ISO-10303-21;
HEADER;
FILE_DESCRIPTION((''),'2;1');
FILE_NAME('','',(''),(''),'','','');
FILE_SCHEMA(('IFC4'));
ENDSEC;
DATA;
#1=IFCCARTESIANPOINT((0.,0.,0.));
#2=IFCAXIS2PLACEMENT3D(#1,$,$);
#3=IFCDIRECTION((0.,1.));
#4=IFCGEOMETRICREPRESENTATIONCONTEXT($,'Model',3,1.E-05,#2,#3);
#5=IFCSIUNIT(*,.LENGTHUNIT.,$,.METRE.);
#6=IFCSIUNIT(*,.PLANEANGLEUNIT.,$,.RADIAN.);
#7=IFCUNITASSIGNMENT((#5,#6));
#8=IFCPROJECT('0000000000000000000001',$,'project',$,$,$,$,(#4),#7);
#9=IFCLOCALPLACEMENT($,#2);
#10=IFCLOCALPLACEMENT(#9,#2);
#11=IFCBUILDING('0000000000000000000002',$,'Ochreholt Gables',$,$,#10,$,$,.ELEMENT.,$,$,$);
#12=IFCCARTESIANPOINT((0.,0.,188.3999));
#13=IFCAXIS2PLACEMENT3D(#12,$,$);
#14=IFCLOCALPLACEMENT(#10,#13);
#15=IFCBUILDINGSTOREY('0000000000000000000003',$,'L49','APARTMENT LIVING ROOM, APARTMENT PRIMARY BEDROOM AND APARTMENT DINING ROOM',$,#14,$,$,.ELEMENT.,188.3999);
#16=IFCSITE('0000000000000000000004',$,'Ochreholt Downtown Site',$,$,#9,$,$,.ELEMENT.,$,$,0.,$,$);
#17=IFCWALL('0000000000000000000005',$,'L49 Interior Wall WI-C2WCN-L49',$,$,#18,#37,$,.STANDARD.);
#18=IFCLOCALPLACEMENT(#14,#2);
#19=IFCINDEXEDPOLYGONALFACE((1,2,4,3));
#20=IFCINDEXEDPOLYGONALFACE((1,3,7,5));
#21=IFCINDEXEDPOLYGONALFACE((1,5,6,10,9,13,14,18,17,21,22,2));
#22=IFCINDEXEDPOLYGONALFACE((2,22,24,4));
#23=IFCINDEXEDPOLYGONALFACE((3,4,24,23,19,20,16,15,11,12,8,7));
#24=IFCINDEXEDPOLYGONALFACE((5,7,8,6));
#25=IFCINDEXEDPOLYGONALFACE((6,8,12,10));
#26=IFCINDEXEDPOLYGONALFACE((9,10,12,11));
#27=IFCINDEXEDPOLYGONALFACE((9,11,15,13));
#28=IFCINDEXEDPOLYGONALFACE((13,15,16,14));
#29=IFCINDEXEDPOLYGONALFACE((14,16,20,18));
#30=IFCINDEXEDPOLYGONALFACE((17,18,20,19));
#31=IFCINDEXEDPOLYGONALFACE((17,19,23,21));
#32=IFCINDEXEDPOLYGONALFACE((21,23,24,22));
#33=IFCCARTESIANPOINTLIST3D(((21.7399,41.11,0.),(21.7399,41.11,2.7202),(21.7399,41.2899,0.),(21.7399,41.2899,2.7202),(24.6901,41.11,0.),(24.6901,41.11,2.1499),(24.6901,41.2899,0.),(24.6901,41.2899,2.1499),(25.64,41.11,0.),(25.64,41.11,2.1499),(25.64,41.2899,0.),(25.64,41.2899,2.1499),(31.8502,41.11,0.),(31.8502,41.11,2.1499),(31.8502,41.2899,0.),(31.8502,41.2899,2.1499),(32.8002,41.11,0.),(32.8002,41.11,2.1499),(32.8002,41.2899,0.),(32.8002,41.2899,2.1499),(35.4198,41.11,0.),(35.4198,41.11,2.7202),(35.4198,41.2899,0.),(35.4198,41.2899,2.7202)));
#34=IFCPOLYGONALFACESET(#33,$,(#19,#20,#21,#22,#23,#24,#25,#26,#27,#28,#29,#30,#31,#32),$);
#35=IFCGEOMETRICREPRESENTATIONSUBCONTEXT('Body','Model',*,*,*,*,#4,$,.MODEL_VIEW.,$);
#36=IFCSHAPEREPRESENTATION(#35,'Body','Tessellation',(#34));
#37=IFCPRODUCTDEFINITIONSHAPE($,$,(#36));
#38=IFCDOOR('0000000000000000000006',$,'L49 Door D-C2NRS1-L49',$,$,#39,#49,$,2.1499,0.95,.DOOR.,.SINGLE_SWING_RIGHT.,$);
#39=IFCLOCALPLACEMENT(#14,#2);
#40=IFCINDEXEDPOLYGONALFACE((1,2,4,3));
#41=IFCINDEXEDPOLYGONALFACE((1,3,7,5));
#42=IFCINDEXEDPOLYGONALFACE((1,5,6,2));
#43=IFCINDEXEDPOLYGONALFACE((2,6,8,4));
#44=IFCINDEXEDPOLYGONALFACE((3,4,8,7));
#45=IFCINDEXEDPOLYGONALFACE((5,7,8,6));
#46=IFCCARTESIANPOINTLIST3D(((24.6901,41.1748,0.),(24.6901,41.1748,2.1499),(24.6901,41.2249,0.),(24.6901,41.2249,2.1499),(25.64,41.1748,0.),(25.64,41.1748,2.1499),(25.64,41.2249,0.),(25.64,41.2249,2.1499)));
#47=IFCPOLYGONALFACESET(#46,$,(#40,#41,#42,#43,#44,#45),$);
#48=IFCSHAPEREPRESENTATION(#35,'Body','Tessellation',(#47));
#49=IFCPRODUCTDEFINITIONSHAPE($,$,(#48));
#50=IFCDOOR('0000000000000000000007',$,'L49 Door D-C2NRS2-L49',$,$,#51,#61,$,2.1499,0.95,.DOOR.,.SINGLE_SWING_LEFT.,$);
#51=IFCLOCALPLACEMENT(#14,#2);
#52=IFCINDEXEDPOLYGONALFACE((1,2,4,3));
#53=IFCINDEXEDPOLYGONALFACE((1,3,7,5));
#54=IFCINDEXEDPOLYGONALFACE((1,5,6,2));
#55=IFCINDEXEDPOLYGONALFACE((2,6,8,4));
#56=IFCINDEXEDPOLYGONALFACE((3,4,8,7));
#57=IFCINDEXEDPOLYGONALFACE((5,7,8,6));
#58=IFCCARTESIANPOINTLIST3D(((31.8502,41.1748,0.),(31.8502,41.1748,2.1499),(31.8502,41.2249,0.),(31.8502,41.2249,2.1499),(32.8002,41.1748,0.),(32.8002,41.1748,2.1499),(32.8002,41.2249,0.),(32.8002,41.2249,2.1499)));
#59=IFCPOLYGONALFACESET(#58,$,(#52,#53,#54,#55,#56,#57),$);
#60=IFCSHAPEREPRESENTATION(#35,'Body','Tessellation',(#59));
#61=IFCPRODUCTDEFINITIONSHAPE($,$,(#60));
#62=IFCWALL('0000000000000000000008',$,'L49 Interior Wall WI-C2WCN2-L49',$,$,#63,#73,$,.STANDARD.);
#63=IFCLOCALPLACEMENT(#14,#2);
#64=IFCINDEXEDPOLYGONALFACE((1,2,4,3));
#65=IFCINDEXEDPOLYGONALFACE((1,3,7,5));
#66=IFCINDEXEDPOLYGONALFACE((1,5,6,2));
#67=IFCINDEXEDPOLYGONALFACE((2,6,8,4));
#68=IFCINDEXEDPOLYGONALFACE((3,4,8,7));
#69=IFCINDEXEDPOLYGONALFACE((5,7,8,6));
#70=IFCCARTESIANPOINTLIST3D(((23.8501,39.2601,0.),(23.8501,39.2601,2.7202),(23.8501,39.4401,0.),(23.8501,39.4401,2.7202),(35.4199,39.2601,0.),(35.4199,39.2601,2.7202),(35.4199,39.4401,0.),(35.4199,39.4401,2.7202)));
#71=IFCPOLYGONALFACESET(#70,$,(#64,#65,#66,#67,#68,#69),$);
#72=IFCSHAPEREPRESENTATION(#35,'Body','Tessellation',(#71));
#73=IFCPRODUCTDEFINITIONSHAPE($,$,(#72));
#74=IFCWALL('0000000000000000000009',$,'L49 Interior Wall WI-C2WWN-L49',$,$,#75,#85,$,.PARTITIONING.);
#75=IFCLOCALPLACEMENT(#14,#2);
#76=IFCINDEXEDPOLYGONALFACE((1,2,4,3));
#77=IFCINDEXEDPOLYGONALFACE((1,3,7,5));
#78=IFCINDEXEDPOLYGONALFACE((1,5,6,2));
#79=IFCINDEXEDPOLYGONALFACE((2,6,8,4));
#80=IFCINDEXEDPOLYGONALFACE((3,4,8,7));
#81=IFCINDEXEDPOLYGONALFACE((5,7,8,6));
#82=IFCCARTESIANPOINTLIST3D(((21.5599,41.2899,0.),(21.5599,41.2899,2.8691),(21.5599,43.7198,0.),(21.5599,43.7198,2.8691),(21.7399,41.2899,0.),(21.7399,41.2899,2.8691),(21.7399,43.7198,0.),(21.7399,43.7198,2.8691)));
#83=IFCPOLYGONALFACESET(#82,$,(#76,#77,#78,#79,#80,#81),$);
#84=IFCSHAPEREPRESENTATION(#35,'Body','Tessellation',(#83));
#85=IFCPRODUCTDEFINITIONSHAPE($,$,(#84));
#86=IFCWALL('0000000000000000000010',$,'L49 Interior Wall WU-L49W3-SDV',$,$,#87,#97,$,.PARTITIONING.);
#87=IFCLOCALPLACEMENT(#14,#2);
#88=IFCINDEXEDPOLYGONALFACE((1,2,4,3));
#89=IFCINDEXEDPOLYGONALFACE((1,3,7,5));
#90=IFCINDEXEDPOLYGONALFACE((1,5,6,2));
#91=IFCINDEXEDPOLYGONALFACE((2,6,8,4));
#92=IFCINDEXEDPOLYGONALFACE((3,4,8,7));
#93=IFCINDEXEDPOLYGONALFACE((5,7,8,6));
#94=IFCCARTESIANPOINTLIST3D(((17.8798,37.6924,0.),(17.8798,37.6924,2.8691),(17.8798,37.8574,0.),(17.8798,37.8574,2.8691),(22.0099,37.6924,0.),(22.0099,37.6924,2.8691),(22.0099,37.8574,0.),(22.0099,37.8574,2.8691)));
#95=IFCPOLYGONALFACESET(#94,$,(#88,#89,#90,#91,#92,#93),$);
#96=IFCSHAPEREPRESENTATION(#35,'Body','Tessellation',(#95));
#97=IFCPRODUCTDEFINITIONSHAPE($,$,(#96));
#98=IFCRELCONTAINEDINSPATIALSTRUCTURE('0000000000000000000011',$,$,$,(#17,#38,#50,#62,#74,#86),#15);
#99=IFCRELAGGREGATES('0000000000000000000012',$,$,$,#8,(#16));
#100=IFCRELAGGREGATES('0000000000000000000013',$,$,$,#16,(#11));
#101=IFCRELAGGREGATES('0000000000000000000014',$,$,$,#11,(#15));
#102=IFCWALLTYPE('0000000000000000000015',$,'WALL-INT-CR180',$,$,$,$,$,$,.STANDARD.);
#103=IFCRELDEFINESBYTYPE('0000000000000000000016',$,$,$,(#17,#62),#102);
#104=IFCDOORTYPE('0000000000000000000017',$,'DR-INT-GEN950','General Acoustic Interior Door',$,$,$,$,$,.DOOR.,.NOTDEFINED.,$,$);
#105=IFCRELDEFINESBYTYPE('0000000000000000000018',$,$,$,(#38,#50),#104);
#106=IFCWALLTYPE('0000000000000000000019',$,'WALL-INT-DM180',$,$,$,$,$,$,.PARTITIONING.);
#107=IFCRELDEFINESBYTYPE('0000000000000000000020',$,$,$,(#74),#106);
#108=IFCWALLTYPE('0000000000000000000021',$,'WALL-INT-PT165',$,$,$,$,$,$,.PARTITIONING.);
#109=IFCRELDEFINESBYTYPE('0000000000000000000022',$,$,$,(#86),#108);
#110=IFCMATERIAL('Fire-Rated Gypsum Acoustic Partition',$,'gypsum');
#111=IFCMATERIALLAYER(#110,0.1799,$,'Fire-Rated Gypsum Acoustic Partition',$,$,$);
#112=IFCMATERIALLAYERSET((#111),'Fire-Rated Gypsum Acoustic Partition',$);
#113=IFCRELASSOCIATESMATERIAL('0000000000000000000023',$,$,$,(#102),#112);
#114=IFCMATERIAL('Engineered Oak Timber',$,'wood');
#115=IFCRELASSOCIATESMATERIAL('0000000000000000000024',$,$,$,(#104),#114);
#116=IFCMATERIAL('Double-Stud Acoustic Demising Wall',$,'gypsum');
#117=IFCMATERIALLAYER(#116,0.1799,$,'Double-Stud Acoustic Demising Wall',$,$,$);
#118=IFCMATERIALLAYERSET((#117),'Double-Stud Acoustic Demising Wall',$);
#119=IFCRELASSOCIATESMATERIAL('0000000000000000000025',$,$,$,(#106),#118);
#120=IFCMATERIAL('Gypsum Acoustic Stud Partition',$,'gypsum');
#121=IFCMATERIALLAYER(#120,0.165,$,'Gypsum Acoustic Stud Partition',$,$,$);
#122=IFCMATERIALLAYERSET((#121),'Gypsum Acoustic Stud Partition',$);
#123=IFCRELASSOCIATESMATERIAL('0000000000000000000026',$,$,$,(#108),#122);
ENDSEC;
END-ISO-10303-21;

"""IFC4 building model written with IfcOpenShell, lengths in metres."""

from ifc_helpers import new_model, si_unit, direction, frame, frame_2d, origin, place, context, subcontext, project, spatial, rectangle, extrude, material, layer, layer_set, type_object, element, fill, save


model = new_model("IFC4")

# Units and contexts
model_context = context("Model", 3, precision=1e-05, world=origin(), true_north=direction((0.0, 1.0)))
body_context = subcontext(model_context, "Body", "Model", "MODEL_VIEW")
ifc_project = project(units=[si_unit("LENGTHUNIT", "METRE"), si_unit("PLANEANGLEUNIT", "RADIAN")], contexts=[model_context])

# Site, building, storey
site_placement = place(None, origin())
site = spatial("IfcSite", under=ifc_project, at=site_placement, Name="Ochreholt Downtown Site", CompositionType="ELEMENT", RefElevation=0.0)
building_placement = place(site_placement, origin())
building = spatial("IfcBuilding", under=site, at=building_placement, Name="Ochreholt Gables", CompositionType="ELEMENT")
storey_placement = place(building_placement, frame((0.0, 0.0, 188.3999)))
storey = spatial("IfcBuildingStorey", under=building, at=storey_placement, Name="L49", Description="APARTMENT LIVING ROOM, APARTMENT PRIMARY BEDROOM AND APARTMENT DINING ROOM", CompositionType="ELEMENT", Elevation=188.3999)

# Wall, openings, doors
ifc_material_1 = material(Name="Fire-Rated Gypsum Acoustic Partition", Category="gypsum")
ifc_layer_1 = layer(ifc_material_1, 0.1799, Name="Fire-Rated Gypsum Acoustic Partition")
ifc_layer_set_1 = layer_set([ifc_layer_1], Name="Fire-Rated Gypsum Acoustic Partition")
wall_type_1 = type_object("IfcWallType", Name="WALL-INT-CR180", PredefinedType="STANDARD", material=ifc_layer_set_1)
wall_1_placement = place(storey_placement, frame((21.74, 41.2, 0.0), z_axis=(0.0, 0.0, 1.0), x_axis=(1.0, 0.0, 0.0)))
wall_1 = element("IfcWall", 1, at=wall_1_placement, inside=storey, type_object=wall_type_1, Name="L49 Interior Wall WI-C2WCN-L49", PredefinedType="STANDARD", context=body_context, shape_type="SweptSolid", body=[
    extrude(rectangle(XDim=13.6799, YDim=0.1799, at=frame_2d((6.8398, 0.0))), origin(), (0.0, 0.0, 1.0), 2.7202),
])
opening_1_placement = place(wall_1_placement, frame((2.95, 0.0, 0.0)))
opening_1 = element("IfcOpeningElement", 2, at=opening_1_placement, cuts=wall_1, PredefinedType="OPENING", context=body_context, shape_type="SweptSolid", body=[
    extrude(rectangle(XDim=0.95, YDim=2.1499, at=frame_2d((0.4751, 1.075))), frame((0.0, 0.0999, 0.0), z_axis=(0.0, -1.0, 0.0), x_axis=(1.0, 0.0, 0.0)), (0.0, 0.0, 1.0), 0.2),
])
opening_2_placement = place(wall_1_placement, frame((10.1101, 0.0, 0.0)))
opening_2 = element("IfcOpeningElement", 3, at=opening_2_placement, cuts=wall_1, PredefinedType="OPENING", context=body_context, shape_type="SweptSolid", body=[
    extrude(rectangle(XDim=0.95, YDim=2.1499, at=frame_2d((0.4751, 1.075))), frame((0.0, 0.0999, 0.0), z_axis=(0.0, -1.0, 0.0), x_axis=(1.0, 0.0, 0.0)), (0.0, 0.0, 1.0), 0.2),
])
ifc_material_2 = material(Name="Engineered Oak Timber", Category="wood")
door_type = type_object("IfcDoorType", Name="DR-INT-GEN950", Description="General Acoustic Interior Door", OperationType="NOTDEFINED", PredefinedType="DOOR", material=ifc_material_2)
door_1_placement = place(opening_1_placement, origin())
door_1 = element("IfcDoor", 4, at=door_1_placement, inside=storey, type_object=door_type, Name="L49 Door D-C2NRS1-L49", OperationType="SINGLE_SWING_RIGHT", OverallHeight=2.1499, OverallWidth=0.95, PredefinedType="DOOR", context=body_context, shape_type="SweptSolid", body=[
    extrude(rectangle(XDim=0.95, YDim=2.1499, at=frame_2d((0.4751, 1.075))), frame((0.0, 0.0249, 0.0), z_axis=(0.0, -1.0, 0.0), x_axis=(1.0, 0.0, 0.0)), (0.0, 0.0, 1.0), 0.05),
])
fill(opening_1, door_1)
door_2_placement = place(opening_2_placement, origin())
door_2 = element("IfcDoor", 5, at=door_2_placement, inside=storey, type_object=door_type, Name="L49 Door D-C2NRS2-L49", OperationType="SINGLE_SWING_LEFT", OverallHeight=2.1499, OverallWidth=0.95, PredefinedType="DOOR", context=body_context, shape_type="SweptSolid", body=[
    extrude(rectangle(XDim=0.95, YDim=2.1499, at=frame_2d((0.4751, 1.075))), frame((0.0, 0.0249, 0.0), z_axis=(0.0, -1.0, 0.0), x_axis=(1.0, 0.0, 0.0)), (0.0, 0.0, 1.0), 0.05),
])
fill(opening_2, door_2)

# Walls
wall_2_placement = place(storey_placement, frame((23.8501, 39.3501, 0.0), z_axis=(0.0, 0.0, 1.0), x_axis=(1.0, 0.0, 0.0)))
element("IfcWall", 6, at=wall_2_placement, inside=storey, type_object=wall_type_1, Name="L49 Interior Wall WI-C2WCN2-L49", PredefinedType="STANDARD", context=body_context, shape_type="SweptSolid", body=[
    extrude(rectangle(XDim=11.5698, YDim=0.1799, at=frame_2d((5.7849, 0.0))), origin(), (0.0, 0.0, 1.0), 2.7202),
])
ifc_material_3 = material(Name="Double-Stud Acoustic Demising Wall", Category="gypsum")
ifc_layer_2 = layer(ifc_material_3, 0.1799, Name="Double-Stud Acoustic Demising Wall")
ifc_layer_set_2 = layer_set([ifc_layer_2], Name="Double-Stud Acoustic Demising Wall")
wall_type_2 = type_object("IfcWallType", Name="WALL-INT-DM180", PredefinedType="PARTITIONING", material=ifc_layer_set_2)
wall_3_placement = place(storey_placement, frame((21.6499, 41.29, 0.0), z_axis=(0.0, 0.0, 1.0), x_axis=(0.0, 1.0, 0.0)))
element("IfcWall", 7, at=wall_3_placement, inside=storey, type_object=wall_type_2, Name="L49 Interior Wall WI-C2WWN-L49", PredefinedType="PARTITIONING", context=body_context, shape_type="SweptSolid", body=[
    extrude(rectangle(XDim=2.4299, YDim=0.1799, at=frame_2d((1.2148, 0.0))), origin(), (0.0, 0.0, 1.0), 2.8691),
])
ifc_material_4 = material(Name="Gypsum Acoustic Stud Partition", Category="gypsum")
ifc_layer_3 = layer(ifc_material_4, 0.165, Name="Gypsum Acoustic Stud Partition")
ifc_layer_set_3 = layer_set([ifc_layer_3], Name="Gypsum Acoustic Stud Partition")
wall_type_3 = type_object("IfcWallType", Name="WALL-INT-PT165", PredefinedType="PARTITIONING", material=ifc_layer_set_3)
wall_4_placement = place(storey_placement, frame((17.8799, 37.7749, 0.0), z_axis=(0.0, 0.0, 1.0), x_axis=(1.0, 0.0, 0.0)))
element("IfcWall", 8, at=wall_4_placement, inside=storey, type_object=wall_type_3, Name="L49 Interior Wall WU-L49W3-SDV", PredefinedType="PARTITIONING", context=body_context, shape_type="SweptSolid", body=[
    extrude(rectangle(XDim=4.1301, YDim=0.165, at=frame_2d((2.0649, 0.0))), origin(), (0.0, 0.0, 1.0), 2.8691),
])

save(model, "model.ifc")
